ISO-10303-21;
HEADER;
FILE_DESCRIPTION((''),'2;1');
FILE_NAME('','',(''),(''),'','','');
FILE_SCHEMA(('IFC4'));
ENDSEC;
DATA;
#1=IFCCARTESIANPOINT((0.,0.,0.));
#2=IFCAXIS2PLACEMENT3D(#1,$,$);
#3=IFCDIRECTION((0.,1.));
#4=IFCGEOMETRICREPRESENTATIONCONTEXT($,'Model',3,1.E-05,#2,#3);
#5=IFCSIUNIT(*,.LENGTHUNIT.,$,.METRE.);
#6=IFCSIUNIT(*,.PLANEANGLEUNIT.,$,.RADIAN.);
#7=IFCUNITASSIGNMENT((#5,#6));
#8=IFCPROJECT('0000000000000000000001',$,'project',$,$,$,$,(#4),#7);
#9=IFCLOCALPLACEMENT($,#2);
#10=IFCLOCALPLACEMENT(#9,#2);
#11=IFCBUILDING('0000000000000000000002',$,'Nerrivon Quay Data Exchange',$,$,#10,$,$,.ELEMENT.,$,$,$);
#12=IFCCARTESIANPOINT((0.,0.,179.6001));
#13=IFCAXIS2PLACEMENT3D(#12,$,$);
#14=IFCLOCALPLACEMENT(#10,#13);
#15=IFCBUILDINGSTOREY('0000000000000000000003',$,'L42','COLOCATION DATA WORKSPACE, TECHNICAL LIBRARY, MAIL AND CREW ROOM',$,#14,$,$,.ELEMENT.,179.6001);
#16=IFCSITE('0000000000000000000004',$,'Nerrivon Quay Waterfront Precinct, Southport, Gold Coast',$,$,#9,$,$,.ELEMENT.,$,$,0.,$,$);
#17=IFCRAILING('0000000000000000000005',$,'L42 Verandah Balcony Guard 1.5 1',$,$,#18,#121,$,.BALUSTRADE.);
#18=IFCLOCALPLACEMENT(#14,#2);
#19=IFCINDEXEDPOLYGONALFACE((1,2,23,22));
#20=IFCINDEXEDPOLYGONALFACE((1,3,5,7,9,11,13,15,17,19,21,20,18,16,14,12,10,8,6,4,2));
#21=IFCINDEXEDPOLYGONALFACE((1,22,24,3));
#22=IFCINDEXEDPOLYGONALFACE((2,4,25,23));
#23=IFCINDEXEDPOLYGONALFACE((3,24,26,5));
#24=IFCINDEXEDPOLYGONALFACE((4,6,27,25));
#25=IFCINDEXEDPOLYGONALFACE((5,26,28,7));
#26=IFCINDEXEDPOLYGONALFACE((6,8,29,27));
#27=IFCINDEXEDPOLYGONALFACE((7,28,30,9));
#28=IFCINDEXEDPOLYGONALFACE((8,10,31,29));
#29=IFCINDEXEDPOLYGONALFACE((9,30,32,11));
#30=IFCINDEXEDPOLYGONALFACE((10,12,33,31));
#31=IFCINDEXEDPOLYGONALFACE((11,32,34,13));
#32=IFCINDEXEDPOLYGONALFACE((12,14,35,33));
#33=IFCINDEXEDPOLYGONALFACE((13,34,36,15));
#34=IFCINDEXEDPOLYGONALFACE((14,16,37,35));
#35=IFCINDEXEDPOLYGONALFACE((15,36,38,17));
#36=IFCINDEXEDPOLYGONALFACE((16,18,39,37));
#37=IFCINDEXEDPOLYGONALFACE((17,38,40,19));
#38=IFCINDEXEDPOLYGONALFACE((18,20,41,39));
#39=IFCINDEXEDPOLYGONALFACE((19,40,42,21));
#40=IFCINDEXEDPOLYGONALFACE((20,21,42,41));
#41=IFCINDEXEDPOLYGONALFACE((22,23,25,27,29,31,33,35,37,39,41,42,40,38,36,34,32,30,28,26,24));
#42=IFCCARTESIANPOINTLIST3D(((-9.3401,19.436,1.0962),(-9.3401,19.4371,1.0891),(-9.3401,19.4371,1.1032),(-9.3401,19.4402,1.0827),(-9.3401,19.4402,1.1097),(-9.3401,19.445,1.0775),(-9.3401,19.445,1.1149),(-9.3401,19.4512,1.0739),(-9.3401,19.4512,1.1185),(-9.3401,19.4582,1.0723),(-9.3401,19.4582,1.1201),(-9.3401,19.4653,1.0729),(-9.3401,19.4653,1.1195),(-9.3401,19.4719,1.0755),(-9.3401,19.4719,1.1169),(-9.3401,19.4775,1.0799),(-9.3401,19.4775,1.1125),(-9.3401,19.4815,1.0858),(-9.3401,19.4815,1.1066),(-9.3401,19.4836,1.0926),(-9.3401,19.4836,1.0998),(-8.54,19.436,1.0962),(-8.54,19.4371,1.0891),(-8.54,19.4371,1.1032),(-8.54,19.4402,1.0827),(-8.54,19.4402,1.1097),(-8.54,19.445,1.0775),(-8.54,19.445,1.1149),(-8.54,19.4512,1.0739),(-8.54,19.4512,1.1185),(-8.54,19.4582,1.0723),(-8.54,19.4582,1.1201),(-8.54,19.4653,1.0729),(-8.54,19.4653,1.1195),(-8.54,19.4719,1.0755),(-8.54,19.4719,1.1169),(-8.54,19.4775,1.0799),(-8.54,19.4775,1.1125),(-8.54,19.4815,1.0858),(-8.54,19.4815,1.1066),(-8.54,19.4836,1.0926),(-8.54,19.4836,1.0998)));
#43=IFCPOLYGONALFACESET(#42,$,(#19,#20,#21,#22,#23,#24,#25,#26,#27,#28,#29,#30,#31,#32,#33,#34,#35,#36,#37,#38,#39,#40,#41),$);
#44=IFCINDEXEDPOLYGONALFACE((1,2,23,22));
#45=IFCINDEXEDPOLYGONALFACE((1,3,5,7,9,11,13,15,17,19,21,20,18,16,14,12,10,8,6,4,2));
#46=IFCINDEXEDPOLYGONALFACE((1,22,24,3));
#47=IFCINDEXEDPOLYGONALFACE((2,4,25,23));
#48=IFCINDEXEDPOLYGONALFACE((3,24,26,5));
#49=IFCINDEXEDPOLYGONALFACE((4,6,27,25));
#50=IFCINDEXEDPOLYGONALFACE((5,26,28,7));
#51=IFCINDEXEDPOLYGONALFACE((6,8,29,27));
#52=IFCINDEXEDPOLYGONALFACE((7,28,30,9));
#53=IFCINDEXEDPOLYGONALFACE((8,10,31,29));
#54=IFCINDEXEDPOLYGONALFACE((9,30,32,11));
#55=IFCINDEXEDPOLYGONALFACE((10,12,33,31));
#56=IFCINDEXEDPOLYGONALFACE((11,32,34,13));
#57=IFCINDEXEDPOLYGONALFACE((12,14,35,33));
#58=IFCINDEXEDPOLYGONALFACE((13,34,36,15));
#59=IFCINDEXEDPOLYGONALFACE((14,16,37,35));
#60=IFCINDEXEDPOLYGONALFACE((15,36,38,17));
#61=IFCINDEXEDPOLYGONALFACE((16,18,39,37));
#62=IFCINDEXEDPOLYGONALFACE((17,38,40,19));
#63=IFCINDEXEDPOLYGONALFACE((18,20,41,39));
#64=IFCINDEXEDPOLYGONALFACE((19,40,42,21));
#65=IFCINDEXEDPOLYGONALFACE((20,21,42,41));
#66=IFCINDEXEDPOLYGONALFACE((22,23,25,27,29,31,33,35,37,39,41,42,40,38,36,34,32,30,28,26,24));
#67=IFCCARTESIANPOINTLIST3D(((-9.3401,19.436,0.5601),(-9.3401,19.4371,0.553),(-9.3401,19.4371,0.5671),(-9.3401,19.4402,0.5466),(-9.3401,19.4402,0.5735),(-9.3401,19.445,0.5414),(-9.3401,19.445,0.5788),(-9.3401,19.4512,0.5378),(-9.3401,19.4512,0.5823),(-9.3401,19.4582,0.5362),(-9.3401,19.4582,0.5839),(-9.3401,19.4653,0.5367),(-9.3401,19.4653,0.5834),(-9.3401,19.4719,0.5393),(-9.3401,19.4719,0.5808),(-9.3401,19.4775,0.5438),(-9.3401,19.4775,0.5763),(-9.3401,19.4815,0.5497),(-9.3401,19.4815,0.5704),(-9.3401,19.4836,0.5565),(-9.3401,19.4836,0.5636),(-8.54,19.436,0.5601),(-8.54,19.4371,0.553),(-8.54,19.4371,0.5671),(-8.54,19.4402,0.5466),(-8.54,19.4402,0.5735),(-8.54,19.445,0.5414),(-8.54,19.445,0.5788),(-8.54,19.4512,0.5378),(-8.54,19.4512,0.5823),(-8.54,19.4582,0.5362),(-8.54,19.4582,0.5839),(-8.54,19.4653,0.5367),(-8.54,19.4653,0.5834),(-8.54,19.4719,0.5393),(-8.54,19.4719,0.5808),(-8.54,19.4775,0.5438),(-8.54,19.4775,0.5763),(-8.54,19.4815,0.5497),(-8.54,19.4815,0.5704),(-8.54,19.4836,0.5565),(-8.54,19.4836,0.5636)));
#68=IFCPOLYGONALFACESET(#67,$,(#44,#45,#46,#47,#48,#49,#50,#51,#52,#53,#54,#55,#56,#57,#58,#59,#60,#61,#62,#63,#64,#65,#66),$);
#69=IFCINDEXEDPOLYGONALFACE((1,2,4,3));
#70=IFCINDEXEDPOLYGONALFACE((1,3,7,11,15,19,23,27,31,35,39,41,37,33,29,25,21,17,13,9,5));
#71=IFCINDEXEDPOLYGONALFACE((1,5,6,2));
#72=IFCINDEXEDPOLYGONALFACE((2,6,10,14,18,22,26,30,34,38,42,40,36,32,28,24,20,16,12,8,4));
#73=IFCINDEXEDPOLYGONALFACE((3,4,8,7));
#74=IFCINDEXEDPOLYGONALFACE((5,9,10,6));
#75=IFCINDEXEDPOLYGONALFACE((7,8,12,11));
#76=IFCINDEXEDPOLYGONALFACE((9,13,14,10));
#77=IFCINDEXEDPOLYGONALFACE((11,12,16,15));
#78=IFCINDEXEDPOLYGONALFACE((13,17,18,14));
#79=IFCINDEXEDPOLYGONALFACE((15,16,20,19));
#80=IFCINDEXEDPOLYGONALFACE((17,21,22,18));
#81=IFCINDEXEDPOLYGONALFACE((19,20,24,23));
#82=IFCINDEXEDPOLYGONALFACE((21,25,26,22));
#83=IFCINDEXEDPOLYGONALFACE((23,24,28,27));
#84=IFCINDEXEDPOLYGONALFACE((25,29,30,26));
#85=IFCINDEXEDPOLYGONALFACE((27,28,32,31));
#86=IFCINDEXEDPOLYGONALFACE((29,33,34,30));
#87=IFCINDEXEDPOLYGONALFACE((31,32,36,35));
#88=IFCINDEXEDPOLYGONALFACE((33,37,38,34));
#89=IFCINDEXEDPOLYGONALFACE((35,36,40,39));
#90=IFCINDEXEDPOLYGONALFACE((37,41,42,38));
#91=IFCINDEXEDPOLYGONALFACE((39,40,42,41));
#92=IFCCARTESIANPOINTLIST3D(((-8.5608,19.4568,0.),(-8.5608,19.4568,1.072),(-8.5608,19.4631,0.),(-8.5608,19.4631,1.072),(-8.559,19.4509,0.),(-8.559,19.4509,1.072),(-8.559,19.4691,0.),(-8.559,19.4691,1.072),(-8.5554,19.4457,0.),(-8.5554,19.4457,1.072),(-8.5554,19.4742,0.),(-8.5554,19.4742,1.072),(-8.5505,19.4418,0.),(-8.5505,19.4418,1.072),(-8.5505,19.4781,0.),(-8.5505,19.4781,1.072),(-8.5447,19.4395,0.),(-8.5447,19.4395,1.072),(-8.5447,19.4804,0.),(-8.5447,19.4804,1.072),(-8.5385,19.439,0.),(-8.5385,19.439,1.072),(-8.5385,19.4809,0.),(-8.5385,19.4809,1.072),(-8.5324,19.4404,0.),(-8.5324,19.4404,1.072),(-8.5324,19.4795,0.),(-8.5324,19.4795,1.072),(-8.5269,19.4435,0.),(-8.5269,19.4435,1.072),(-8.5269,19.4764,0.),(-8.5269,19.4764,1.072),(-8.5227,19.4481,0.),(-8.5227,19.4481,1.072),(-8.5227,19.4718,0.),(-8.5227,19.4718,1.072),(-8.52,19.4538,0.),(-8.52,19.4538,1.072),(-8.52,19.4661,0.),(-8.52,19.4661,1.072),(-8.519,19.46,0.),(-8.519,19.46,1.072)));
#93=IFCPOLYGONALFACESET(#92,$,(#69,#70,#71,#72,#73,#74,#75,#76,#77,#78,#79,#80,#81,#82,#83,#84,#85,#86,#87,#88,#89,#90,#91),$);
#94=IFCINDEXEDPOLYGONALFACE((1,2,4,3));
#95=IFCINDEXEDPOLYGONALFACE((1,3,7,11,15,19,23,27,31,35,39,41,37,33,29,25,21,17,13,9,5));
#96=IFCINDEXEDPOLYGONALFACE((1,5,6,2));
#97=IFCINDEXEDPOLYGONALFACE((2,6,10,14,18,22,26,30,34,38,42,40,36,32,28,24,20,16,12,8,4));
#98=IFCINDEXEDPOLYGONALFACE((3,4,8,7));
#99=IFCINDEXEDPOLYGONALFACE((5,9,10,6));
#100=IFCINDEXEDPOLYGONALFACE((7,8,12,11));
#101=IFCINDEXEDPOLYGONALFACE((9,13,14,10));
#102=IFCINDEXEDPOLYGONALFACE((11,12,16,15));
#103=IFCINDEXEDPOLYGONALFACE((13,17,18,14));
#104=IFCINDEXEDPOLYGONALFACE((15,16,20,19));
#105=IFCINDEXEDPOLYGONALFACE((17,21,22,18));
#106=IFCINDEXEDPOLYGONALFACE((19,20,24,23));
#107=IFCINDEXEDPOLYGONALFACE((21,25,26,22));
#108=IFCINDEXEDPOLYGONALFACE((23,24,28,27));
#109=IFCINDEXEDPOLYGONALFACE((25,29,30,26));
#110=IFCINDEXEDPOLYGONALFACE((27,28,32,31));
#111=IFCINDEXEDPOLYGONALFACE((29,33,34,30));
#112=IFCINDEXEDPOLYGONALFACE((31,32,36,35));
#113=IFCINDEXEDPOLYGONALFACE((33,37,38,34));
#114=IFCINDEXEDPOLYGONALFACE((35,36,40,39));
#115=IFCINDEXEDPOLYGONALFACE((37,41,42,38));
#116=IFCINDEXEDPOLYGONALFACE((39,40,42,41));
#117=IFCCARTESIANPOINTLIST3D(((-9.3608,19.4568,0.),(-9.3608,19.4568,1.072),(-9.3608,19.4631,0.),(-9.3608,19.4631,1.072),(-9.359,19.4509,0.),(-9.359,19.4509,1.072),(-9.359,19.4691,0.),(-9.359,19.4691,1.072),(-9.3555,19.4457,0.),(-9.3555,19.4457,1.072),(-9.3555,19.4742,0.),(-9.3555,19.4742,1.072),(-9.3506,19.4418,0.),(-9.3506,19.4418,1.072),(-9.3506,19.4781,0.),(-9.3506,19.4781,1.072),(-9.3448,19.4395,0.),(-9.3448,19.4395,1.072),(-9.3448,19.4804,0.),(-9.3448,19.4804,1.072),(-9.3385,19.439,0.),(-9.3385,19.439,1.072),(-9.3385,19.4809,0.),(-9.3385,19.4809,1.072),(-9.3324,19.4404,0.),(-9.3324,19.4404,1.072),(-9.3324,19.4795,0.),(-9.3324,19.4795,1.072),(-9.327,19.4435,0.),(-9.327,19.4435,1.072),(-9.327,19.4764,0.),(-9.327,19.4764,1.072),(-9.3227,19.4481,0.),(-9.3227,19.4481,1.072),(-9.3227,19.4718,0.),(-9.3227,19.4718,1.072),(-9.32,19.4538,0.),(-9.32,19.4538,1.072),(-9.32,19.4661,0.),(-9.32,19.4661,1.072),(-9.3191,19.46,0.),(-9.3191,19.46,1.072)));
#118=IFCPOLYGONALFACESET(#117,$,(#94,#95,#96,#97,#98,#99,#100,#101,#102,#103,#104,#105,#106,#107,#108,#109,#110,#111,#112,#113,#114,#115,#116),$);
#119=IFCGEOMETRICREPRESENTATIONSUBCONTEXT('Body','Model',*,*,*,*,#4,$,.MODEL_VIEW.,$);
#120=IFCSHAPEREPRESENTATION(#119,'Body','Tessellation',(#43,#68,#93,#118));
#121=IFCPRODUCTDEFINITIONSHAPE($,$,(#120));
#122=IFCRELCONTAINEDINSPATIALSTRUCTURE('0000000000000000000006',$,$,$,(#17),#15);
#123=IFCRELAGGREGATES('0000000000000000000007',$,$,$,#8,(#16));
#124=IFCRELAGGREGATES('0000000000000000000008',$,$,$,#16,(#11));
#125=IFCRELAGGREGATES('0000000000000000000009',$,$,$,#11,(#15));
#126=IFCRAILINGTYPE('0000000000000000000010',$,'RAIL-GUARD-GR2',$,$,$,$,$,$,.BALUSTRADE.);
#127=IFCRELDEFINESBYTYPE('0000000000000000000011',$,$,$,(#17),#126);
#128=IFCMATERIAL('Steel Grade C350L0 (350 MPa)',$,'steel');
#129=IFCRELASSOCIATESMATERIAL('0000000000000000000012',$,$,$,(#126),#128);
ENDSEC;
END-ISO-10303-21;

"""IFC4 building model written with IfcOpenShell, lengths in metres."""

from ifc_helpers import new_model, si_unit, direction, frame, origin, origin_2d, place, context, subcontext, project, spatial, circle, extrude, material, type_object, element, save


model = new_model("IFC4")

# Units and contexts
model_context = context("Model", 3, precision=1e-05, world=origin(), true_north=direction((0.0, 1.0)))
body_context = subcontext(model_context, "Body", "Model", "MODEL_VIEW")
ifc_project = project(units=[si_unit("LENGTHUNIT", "METRE"), si_unit("PLANEANGLEUNIT", "RADIAN")], contexts=[model_context])

# Site, building, storey
site_placement = place(None, origin())
site = spatial("IfcSite", under=ifc_project, at=site_placement, Name="Nerrivon Quay Waterfront Precinct, Southport, Gold Coast", CompositionType="ELEMENT", RefElevation=0.0)
building_placement = place(site_placement, origin())
building = spatial("IfcBuilding", under=site, at=building_placement, Name="Nerrivon Quay Data Exchange", CompositionType="ELEMENT")
storey_placement = place(building_placement, frame((0.0, 0.0, 179.6001)))
storey = spatial("IfcBuildingStorey", under=building, at=storey_placement, Name="L42", Description="COLOCATION DATA WORKSPACE, TECHNICAL LIBRARY, MAIL AND CREW ROOM", CompositionType="ELEMENT", Elevation=179.6001)

# Railing
ifc_material_1 = material(Name="Steel Grade C350L0 (350 MPa)", Category="steel")
railing_type = type_object("IfcRailingType", Name="RAIL-GUARD-GR2", PredefinedType="BALUSTRADE", material=ifc_material_1)
railing_1_placement = place(storey_placement, frame((-8.54, 19.46, 0.0)))
element("IfcRailing", 1, at=railing_1_placement, inside=storey, type_object=railing_type, Name="L42 Verandah Balcony Guard 1.5 1", PredefinedType="BALUSTRADE", context=body_context, shape_type="SweptSolid", body=[
    extrude(circle(Radius=0.0239, at=origin_2d()), frame((0.0, 0.0, 1.0962), z_axis=(-1.0, 0.0, 0.0), x_axis=(0.0, -1.0, 0.0)), (0.0, 0.0, 1.0), 0.8),
    extrude(circle(Radius=0.0239, at=origin_2d()), frame((0.0, 0.0, 0.5601), z_axis=(-1.0, 0.0, 0.0), x_axis=(0.0, -1.0, 0.0)), (0.0, 0.0, 1.0), 0.8),
    extrude(circle(Radius=0.021, at=origin_2d()), origin(), (0.0, 0.0, 1.0), 1.072),
    extrude(circle(Radius=0.021, at=origin_2d()), frame((-0.8, 0.0, 0.0)), (0.0, 0.0, 1.0), 1.072),
])

save(model, "model.ifc")
